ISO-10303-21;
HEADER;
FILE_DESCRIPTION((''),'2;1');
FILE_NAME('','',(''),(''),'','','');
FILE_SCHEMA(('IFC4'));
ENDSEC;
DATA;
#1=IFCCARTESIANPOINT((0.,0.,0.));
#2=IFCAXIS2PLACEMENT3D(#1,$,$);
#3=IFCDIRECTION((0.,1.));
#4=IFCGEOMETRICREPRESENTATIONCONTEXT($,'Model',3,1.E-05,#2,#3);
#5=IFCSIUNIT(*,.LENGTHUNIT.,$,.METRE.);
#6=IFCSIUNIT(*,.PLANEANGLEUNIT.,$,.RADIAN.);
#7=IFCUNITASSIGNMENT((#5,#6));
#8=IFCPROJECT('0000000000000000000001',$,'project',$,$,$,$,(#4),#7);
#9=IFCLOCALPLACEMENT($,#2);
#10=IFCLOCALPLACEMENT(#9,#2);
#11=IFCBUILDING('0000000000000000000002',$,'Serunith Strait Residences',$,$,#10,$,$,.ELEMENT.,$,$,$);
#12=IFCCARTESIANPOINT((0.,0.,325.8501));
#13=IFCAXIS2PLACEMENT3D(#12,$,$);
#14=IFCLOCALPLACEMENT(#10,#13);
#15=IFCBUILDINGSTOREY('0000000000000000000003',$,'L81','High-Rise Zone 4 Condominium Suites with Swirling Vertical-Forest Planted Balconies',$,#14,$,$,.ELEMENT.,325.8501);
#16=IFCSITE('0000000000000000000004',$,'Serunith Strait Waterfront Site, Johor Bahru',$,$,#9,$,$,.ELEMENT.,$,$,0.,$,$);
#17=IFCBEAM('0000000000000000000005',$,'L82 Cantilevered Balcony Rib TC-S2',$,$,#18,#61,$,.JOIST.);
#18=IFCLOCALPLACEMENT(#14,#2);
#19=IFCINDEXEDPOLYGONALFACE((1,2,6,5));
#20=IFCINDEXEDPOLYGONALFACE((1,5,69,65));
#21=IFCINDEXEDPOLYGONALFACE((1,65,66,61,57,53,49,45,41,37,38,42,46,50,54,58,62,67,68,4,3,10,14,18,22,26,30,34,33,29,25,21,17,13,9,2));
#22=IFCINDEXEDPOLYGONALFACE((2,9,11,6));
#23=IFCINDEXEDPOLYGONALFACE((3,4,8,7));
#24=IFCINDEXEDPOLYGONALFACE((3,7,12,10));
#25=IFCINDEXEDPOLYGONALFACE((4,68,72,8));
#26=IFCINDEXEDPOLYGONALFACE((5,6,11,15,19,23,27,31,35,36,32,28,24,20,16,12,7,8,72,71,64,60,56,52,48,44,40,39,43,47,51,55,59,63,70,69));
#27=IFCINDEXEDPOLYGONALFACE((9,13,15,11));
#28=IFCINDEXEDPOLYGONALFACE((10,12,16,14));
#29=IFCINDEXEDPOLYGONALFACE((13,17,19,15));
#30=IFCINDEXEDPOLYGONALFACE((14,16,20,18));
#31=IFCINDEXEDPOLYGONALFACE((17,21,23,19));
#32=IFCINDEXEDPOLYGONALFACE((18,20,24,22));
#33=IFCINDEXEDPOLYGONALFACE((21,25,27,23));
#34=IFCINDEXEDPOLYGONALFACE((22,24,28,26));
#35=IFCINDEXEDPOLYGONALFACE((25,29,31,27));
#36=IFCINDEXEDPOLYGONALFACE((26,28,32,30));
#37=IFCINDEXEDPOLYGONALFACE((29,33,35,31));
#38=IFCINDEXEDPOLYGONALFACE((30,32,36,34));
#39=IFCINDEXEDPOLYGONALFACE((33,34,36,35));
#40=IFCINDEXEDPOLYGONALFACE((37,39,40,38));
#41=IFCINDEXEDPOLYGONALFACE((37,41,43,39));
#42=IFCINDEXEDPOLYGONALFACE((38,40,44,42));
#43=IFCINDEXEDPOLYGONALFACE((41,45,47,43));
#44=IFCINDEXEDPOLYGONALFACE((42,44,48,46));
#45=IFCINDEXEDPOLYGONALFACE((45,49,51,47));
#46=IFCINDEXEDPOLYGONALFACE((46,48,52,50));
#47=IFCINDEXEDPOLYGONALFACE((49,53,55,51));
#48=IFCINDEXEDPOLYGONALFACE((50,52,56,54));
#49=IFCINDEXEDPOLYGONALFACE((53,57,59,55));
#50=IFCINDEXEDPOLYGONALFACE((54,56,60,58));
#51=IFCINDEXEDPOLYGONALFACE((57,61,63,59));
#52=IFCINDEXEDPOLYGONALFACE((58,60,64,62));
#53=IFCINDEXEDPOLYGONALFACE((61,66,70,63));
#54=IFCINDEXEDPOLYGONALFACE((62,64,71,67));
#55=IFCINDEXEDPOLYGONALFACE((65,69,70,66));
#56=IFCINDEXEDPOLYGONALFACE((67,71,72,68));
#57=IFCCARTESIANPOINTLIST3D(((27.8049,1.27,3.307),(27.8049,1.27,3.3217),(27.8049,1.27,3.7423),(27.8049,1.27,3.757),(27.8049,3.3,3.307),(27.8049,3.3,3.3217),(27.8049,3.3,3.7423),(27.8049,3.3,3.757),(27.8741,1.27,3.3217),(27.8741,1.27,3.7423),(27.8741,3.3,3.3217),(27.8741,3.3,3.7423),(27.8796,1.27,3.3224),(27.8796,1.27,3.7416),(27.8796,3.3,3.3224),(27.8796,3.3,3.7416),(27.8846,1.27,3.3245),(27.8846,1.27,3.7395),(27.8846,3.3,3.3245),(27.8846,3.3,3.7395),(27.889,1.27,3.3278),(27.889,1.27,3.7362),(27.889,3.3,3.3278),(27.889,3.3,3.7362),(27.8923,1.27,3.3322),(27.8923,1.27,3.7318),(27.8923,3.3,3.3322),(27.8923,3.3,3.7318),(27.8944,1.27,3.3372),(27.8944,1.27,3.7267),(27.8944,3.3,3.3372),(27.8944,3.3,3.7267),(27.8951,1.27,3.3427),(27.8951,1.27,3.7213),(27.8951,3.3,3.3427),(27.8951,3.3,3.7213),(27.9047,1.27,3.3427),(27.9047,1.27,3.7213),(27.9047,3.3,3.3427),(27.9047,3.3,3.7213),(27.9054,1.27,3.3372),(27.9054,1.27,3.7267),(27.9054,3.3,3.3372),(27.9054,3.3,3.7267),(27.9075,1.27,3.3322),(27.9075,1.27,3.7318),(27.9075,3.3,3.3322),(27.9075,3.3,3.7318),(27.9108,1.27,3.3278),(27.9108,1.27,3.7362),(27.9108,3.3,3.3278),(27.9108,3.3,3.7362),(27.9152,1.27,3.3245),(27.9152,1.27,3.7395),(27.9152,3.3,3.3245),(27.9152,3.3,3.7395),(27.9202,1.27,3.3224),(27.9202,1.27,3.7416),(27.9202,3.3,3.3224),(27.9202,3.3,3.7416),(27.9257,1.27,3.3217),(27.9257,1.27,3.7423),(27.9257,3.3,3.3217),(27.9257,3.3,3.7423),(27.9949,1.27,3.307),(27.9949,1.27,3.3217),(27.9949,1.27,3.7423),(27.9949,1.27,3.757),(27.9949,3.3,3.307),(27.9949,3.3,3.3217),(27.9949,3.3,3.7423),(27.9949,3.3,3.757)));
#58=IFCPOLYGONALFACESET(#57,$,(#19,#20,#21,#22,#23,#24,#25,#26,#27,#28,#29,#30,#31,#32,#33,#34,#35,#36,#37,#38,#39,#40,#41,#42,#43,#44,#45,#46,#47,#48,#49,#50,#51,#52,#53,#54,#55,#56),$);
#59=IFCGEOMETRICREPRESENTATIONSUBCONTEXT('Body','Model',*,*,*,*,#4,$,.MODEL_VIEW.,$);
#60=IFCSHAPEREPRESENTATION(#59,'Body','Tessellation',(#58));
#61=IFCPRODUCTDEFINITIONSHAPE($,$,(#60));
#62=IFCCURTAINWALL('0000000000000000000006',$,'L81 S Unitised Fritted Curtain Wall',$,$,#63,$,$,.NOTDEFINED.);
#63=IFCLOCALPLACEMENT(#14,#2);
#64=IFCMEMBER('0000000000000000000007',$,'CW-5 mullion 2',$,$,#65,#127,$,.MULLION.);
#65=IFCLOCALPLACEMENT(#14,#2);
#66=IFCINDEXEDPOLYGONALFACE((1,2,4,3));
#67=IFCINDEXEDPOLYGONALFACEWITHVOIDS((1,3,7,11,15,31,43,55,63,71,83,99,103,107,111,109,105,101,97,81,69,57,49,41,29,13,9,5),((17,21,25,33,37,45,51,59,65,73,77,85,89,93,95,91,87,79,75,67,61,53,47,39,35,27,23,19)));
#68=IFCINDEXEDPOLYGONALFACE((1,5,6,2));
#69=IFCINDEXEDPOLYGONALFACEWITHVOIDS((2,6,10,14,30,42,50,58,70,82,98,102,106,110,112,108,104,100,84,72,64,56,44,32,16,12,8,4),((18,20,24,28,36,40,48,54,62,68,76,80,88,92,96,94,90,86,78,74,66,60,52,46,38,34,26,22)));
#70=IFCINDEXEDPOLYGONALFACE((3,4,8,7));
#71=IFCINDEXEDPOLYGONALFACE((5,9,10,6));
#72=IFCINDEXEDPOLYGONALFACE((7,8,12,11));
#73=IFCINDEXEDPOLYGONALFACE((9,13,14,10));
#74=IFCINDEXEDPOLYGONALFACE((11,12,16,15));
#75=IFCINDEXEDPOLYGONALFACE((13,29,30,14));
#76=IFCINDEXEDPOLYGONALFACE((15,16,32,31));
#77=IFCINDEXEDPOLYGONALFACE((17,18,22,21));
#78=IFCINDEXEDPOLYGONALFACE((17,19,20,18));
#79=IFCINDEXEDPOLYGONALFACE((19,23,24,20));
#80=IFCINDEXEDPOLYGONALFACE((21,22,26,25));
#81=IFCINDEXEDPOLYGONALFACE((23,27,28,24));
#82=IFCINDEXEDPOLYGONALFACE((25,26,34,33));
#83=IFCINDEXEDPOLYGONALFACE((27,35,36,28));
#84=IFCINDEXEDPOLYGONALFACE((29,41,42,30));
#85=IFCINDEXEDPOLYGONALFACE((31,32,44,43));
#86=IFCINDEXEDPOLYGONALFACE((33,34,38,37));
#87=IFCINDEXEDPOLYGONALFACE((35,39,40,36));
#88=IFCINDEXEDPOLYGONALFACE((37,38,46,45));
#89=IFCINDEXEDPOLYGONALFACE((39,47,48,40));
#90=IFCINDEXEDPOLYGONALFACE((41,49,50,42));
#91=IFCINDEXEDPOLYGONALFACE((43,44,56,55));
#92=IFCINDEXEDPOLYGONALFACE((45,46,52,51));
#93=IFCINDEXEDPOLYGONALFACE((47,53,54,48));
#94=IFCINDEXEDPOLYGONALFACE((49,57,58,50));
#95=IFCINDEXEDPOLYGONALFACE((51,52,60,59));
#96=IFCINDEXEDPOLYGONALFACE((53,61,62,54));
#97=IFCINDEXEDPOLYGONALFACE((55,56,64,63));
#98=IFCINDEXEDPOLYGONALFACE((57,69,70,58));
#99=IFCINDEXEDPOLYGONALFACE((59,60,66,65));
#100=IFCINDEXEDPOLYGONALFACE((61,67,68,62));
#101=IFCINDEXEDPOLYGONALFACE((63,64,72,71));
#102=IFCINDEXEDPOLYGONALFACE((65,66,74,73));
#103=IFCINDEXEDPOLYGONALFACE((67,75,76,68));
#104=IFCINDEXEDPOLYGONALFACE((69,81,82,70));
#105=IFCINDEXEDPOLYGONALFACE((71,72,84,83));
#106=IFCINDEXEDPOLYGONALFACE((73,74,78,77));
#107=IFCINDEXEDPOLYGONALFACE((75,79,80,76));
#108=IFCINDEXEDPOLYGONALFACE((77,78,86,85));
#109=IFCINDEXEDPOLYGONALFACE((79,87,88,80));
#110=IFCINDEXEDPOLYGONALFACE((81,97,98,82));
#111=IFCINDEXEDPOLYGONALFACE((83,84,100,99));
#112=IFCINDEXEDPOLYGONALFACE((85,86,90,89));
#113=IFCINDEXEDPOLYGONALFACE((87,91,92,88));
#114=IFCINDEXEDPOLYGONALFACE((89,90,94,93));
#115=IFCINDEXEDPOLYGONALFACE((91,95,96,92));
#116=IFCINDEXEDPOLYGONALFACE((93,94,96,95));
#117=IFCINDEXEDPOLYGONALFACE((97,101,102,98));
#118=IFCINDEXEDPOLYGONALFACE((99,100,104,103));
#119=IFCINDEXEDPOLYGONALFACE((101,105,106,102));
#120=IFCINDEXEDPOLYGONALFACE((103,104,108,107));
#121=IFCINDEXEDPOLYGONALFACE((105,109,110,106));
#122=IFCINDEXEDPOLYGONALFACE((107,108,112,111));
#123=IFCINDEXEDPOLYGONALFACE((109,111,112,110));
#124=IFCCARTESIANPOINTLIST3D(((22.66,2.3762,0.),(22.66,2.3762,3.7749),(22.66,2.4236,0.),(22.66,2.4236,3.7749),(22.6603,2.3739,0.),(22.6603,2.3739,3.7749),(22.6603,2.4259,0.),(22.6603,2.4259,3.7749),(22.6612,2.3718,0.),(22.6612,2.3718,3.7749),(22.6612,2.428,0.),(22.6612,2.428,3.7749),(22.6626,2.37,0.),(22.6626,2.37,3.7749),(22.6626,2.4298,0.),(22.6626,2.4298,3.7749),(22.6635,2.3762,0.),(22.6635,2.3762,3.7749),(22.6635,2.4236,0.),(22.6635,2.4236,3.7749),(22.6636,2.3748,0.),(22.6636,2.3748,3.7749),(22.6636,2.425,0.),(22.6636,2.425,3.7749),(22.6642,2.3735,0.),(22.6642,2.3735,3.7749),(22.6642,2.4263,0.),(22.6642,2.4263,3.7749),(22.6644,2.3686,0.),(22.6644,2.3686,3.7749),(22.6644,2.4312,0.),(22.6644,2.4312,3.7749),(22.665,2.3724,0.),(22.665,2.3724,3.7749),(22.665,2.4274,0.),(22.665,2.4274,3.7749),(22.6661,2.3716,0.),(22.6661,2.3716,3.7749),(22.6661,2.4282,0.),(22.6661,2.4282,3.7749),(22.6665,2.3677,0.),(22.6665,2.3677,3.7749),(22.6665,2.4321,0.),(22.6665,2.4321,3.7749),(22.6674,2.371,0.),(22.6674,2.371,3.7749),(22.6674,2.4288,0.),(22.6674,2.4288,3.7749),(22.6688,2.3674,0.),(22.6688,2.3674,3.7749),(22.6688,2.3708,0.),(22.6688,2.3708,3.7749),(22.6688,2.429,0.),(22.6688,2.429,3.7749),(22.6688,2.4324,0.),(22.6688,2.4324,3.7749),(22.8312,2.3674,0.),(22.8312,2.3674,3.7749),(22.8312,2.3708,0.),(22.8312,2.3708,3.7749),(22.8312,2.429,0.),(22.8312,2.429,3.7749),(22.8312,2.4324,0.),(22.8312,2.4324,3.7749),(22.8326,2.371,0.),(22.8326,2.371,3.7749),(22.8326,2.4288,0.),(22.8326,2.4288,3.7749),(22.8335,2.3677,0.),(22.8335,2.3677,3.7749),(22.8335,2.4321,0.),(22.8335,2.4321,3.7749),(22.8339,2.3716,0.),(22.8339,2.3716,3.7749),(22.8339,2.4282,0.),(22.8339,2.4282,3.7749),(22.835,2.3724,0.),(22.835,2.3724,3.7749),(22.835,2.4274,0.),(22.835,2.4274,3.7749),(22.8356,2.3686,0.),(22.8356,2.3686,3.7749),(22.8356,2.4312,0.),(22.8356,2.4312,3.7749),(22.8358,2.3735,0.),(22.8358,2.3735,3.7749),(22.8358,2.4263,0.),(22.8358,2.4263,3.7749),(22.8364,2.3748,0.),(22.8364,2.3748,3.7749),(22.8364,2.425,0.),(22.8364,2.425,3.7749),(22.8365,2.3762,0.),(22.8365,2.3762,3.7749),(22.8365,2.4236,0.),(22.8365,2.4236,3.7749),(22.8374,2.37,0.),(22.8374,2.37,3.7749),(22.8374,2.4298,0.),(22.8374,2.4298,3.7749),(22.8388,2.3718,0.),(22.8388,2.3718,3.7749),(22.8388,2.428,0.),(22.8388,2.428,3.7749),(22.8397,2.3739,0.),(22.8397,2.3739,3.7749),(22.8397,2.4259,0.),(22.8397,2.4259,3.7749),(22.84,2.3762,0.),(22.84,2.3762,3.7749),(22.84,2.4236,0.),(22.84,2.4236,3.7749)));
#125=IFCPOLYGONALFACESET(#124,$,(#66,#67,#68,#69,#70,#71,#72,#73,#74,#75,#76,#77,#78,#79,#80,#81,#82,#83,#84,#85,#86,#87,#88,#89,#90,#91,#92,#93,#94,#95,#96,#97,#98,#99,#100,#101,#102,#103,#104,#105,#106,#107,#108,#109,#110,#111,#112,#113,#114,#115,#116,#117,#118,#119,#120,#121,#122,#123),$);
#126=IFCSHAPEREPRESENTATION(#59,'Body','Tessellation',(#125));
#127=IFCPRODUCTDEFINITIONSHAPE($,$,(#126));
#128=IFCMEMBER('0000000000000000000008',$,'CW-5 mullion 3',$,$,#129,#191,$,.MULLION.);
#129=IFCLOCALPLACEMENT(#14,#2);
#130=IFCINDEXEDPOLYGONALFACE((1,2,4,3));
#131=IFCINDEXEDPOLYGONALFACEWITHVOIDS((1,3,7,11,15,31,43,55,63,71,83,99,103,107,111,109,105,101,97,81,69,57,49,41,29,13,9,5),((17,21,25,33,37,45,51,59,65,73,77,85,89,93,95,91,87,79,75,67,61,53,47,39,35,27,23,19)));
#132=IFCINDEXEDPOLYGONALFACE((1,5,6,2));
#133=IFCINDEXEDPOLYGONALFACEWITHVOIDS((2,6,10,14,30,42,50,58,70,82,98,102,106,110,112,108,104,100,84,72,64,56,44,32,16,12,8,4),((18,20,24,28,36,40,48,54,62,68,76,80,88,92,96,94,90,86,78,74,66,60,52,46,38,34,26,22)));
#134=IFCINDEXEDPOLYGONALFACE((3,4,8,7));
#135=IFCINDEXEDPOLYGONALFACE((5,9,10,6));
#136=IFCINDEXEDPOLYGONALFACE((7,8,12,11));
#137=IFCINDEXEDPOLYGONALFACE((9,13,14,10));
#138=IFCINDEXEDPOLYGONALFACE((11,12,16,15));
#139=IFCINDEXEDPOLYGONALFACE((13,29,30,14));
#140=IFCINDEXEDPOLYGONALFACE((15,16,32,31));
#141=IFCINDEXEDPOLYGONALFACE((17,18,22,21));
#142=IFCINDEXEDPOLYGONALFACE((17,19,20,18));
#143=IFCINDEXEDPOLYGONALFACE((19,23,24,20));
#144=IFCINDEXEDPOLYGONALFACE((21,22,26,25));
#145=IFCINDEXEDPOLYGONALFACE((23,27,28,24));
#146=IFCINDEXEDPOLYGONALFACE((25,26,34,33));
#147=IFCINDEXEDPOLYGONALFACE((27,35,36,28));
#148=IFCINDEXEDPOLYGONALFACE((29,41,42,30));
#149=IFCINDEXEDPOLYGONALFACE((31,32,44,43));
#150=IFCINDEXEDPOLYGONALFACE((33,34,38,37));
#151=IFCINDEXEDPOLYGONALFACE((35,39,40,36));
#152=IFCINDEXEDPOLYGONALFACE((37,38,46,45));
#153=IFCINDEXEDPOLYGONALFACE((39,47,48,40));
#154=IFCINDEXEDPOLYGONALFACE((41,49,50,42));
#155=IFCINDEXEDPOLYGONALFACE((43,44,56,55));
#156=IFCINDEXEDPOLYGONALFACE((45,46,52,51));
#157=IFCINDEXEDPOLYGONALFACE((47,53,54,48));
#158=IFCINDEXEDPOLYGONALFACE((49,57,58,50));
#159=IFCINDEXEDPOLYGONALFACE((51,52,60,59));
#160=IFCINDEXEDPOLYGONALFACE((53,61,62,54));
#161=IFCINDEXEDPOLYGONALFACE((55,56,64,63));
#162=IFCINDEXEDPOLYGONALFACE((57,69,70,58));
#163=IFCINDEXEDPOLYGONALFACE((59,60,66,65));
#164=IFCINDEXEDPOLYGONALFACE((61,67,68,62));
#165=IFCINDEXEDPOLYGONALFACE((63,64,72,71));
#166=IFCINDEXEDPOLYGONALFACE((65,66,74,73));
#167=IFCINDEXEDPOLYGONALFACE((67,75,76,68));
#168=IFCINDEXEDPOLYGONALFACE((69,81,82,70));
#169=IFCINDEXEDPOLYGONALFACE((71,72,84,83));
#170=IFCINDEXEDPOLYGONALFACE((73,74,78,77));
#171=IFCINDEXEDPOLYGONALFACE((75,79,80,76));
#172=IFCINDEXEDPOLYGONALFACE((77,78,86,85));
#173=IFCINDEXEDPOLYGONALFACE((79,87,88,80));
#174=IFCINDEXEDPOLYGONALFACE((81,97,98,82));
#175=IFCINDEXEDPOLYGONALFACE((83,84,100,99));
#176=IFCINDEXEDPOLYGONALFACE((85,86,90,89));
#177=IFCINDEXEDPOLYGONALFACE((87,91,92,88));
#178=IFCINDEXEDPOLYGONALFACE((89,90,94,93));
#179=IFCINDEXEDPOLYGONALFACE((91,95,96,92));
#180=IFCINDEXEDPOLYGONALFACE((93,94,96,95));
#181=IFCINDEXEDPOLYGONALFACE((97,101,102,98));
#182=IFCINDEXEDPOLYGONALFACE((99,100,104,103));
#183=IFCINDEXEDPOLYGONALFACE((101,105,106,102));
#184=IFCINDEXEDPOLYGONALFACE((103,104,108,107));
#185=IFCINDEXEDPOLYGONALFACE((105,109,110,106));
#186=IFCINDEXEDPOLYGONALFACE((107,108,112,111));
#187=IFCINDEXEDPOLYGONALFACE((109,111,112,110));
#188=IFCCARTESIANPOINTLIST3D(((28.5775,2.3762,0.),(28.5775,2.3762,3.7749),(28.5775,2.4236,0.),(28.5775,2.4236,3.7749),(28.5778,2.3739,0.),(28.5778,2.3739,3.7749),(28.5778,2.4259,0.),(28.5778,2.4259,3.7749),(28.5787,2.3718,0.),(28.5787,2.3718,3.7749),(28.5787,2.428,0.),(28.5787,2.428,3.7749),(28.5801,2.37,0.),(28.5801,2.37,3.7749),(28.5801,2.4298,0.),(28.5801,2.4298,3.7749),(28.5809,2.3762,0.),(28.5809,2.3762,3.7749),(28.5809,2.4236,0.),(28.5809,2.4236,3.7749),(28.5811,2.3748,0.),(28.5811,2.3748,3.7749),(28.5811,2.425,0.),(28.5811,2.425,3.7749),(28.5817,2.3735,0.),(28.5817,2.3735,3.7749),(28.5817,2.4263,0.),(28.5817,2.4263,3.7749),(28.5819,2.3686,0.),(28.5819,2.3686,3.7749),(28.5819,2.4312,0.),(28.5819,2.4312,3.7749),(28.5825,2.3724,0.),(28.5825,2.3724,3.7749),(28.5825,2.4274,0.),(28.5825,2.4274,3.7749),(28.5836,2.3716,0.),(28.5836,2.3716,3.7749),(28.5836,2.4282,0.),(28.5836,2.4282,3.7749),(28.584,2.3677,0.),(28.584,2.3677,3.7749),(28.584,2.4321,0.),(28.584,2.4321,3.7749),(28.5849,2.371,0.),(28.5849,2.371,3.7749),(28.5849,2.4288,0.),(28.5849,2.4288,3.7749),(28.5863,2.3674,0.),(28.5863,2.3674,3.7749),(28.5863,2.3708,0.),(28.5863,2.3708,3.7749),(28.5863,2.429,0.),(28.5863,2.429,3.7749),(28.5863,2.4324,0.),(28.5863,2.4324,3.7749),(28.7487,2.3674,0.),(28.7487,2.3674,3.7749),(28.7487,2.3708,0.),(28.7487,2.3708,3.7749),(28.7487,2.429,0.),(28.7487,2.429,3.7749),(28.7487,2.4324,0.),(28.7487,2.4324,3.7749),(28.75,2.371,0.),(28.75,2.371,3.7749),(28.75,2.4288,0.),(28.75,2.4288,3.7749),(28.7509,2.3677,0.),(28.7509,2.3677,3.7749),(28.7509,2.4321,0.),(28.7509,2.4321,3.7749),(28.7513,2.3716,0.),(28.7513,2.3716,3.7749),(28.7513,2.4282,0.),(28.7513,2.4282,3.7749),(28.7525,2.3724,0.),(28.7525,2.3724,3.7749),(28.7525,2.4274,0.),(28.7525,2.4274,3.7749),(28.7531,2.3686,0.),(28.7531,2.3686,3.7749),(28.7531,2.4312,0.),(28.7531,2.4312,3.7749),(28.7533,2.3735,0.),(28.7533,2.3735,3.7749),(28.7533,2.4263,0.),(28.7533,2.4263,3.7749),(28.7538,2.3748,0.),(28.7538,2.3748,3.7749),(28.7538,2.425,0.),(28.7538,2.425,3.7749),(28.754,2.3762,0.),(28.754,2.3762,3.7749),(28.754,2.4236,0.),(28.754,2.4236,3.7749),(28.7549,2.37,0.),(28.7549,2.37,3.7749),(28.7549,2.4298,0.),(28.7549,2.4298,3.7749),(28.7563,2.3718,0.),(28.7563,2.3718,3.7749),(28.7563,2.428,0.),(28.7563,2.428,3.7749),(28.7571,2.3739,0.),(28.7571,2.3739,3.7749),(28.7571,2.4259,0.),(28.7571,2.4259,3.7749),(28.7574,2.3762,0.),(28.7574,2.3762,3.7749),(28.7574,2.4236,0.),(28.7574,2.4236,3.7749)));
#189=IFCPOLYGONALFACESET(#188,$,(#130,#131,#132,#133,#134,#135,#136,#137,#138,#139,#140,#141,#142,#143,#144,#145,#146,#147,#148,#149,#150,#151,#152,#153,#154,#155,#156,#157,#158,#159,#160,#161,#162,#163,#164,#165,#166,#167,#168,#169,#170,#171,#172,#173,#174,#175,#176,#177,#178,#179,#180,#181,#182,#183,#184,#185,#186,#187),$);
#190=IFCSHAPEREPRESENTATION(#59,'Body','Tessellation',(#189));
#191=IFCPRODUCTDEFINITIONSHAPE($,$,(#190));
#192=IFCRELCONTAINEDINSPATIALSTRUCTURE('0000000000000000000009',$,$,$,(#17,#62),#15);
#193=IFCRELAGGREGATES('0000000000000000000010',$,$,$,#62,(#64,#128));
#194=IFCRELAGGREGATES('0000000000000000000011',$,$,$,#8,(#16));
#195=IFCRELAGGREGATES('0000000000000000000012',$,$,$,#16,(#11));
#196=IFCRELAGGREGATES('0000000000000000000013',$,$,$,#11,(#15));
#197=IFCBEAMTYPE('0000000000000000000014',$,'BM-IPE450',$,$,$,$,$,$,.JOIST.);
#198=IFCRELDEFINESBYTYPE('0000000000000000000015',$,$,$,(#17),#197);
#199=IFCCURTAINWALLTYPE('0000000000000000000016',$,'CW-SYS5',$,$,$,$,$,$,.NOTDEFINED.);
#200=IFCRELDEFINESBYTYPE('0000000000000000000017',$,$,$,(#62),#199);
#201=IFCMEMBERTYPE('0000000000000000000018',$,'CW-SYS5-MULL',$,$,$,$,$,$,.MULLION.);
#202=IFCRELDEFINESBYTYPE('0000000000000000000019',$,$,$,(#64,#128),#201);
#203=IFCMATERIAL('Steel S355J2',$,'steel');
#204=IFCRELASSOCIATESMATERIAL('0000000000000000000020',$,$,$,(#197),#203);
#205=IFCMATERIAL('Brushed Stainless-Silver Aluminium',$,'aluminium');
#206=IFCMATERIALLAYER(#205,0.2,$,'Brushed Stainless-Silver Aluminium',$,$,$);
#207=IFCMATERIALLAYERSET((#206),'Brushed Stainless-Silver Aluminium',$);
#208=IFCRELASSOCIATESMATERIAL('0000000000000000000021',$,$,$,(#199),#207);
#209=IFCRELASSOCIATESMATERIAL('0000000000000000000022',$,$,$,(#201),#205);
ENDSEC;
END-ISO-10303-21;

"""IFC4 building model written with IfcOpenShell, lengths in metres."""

from ifc_helpers import new_model, si_unit, direction, frame, origin, origin_2d, place, context, subcontext, project, spatial, hollow_rectangle, i_section, extrude, source, transform, mapped, material, layer, layer_set, material_profile, profile_set, type_object, element, aggregate, save


model = new_model("IFC4")

# Units and contexts
model_context = context("Model", 3, precision=1e-05, world=origin(), true_north=direction((0.0, 1.0)))
body_context = subcontext(model_context, "Body", "Model", "MODEL_VIEW")
ifc_project = project(units=[si_unit("LENGTHUNIT", "METRE"), si_unit("PLANEANGLEUNIT", "RADIAN")], contexts=[model_context])

# Site, building, storey
site_placement = place(None, origin())
site = spatial("IfcSite", under=ifc_project, at=site_placement, Name="Serunith Strait Waterfront Site, Johor Bahru", CompositionType="ELEMENT", RefElevation=0.0)
building_placement = place(site_placement, origin())
building = spatial("IfcBuilding", under=site, at=building_placement, Name="Serunith Strait Residences", CompositionType="ELEMENT")
storey_placement = place(building_placement, frame((0.0, 0.0, 325.8501)))
storey = spatial("IfcBuildingStorey", under=building, at=storey_placement, Name="L81", Description="High-Rise Zone 4 Condominium Suites with Swirling Vertical-Forest Planted Balconies", CompositionType="ELEMENT", Elevation=325.8501)

# Beam
ifc_material_1 = material(Name="Steel S355J2", Category="steel")
ifc_material_profile_1 = material_profile(ifc_material_1, i_section(OverallWidth=0.1899, OverallDepth=0.45, WebThickness=0.0095, FlangeThickness=0.0146, FilletRadius=0.021, at=origin_2d()), Name="IPE 450")
ifc_profile_set_1 = profile_set([ifc_material_profile_1], Name="Steel S355J2")
beam_type_1 = type_object("IfcBeamType", Name="BM-IPE450", PredefinedType="JOIST", material=ifc_profile_set_1)
shared_shape_1 = source(origin(), body_context, "Body", "SweptSolid", [
    extrude(i_section(OverallWidth=0.1899, OverallDepth=0.45, WebThickness=0.0095, FlangeThickness=0.0146, FilletRadius=0.021, at=origin_2d()), origin(), (0.0, 0.0, 1.0), 2.03),
])
beam_1_placement = place(storey_placement, frame((27.8999, 3.3, 3.532), z_axis=(0.0, -1.0, 0.0), x_axis=(1.0, 0.0, 0.0)))
element("IfcBeam", 1, at=beam_1_placement, inside=storey, type_object=beam_type_1, Name="L82 Cantilevered Balcony Rib TC-S2", PredefinedType="JOIST", context=body_context, shape_type="MappedRepresentation", body=[
    mapped(shared_shape_1, transform((0.0, 0.0, 0.0), scale=1.0)),
])

# Curtain wall, members
ifc_material_2 = material(Name="Brushed Stainless-Silver Aluminium", Category="aluminium")
ifc_layer_1 = layer(ifc_material_2, 0.2, Name="Brushed Stainless-Silver Aluminium")
ifc_layer_set_1 = layer_set([ifc_layer_1], Name="Brushed Stainless-Silver Aluminium")
curtain_wall_type = type_object("IfcCurtainWallType", Name="CW-SYS5", PredefinedType="NOTDEFINED", material=ifc_layer_set_1)
curtain_wall_placement = place(storey_placement, origin())
curtain_wall = element("IfcCurtainWall", 2, at=curtain_wall_placement, inside=storey, type_object=curtain_wall_type, Name="L81 S Unitised Fritted Curtain Wall", PredefinedType="NOTDEFINED")
ifc_material_profile_2 = material_profile(ifc_material_2, hollow_rectangle(XDim=0.0649, YDim=0.1799, WallThickness=0.0034, InnerFilletRadius=0.0054, OuterFilletRadius=0.0088, at=origin_2d()), Name="ALU 180x65x3.5")
ifc_profile_set_2 = profile_set([ifc_material_profile_2], Name="Brushed Stainless-Silver Aluminium")
member_type_1 = type_object("IfcMemberType", Name="CW-SYS5-MULL", PredefinedType="MULLION", material=ifc_profile_set_2)
shared_shape_2 = source(origin(), body_context, "Body", "SweptSolid", [
    extrude(hollow_rectangle(XDim=0.0649, YDim=0.1799, WallThickness=0.0034, InnerFilletRadius=0.0054, OuterFilletRadius=0.0088, at=origin_2d()), origin(), (0.0, 0.0, 1.0), 3.7749),
])
member_1_placement = place(storey_placement, frame((22.75, 2.3999, 0.0), z_axis=(0.0, 0.0, 1.0), x_axis=(0.0, 1.0, 0.0)))
member_1 = element("IfcMember", 3, at=member_1_placement, type_object=member_type_1, Name="CW-5 mullion 2", PredefinedType="MULLION", context=body_context, shape_type="MappedRepresentation", body=[
    mapped(shared_shape_2, transform((0.0, 0.0, 0.0), scale=1.0)),
])
member_2_placement = place(storey_placement, frame((28.6675, 2.3999, 0.0), z_axis=(0.0, 0.0, 1.0), x_axis=(0.0, 1.0, 0.0)))
member_2 = element("IfcMember", 4, at=member_2_placement, type_object=member_type_1, Name="CW-5 mullion 3", PredefinedType="MULLION", context=body_context, shape_type="MappedRepresentation", body=[
    mapped(shared_shape_2, transform((0.0, 0.0, 0.0), scale=1.0)),
])
aggregate(curtain_wall, [member_1, member_2])

save(model, "model.ifc")
